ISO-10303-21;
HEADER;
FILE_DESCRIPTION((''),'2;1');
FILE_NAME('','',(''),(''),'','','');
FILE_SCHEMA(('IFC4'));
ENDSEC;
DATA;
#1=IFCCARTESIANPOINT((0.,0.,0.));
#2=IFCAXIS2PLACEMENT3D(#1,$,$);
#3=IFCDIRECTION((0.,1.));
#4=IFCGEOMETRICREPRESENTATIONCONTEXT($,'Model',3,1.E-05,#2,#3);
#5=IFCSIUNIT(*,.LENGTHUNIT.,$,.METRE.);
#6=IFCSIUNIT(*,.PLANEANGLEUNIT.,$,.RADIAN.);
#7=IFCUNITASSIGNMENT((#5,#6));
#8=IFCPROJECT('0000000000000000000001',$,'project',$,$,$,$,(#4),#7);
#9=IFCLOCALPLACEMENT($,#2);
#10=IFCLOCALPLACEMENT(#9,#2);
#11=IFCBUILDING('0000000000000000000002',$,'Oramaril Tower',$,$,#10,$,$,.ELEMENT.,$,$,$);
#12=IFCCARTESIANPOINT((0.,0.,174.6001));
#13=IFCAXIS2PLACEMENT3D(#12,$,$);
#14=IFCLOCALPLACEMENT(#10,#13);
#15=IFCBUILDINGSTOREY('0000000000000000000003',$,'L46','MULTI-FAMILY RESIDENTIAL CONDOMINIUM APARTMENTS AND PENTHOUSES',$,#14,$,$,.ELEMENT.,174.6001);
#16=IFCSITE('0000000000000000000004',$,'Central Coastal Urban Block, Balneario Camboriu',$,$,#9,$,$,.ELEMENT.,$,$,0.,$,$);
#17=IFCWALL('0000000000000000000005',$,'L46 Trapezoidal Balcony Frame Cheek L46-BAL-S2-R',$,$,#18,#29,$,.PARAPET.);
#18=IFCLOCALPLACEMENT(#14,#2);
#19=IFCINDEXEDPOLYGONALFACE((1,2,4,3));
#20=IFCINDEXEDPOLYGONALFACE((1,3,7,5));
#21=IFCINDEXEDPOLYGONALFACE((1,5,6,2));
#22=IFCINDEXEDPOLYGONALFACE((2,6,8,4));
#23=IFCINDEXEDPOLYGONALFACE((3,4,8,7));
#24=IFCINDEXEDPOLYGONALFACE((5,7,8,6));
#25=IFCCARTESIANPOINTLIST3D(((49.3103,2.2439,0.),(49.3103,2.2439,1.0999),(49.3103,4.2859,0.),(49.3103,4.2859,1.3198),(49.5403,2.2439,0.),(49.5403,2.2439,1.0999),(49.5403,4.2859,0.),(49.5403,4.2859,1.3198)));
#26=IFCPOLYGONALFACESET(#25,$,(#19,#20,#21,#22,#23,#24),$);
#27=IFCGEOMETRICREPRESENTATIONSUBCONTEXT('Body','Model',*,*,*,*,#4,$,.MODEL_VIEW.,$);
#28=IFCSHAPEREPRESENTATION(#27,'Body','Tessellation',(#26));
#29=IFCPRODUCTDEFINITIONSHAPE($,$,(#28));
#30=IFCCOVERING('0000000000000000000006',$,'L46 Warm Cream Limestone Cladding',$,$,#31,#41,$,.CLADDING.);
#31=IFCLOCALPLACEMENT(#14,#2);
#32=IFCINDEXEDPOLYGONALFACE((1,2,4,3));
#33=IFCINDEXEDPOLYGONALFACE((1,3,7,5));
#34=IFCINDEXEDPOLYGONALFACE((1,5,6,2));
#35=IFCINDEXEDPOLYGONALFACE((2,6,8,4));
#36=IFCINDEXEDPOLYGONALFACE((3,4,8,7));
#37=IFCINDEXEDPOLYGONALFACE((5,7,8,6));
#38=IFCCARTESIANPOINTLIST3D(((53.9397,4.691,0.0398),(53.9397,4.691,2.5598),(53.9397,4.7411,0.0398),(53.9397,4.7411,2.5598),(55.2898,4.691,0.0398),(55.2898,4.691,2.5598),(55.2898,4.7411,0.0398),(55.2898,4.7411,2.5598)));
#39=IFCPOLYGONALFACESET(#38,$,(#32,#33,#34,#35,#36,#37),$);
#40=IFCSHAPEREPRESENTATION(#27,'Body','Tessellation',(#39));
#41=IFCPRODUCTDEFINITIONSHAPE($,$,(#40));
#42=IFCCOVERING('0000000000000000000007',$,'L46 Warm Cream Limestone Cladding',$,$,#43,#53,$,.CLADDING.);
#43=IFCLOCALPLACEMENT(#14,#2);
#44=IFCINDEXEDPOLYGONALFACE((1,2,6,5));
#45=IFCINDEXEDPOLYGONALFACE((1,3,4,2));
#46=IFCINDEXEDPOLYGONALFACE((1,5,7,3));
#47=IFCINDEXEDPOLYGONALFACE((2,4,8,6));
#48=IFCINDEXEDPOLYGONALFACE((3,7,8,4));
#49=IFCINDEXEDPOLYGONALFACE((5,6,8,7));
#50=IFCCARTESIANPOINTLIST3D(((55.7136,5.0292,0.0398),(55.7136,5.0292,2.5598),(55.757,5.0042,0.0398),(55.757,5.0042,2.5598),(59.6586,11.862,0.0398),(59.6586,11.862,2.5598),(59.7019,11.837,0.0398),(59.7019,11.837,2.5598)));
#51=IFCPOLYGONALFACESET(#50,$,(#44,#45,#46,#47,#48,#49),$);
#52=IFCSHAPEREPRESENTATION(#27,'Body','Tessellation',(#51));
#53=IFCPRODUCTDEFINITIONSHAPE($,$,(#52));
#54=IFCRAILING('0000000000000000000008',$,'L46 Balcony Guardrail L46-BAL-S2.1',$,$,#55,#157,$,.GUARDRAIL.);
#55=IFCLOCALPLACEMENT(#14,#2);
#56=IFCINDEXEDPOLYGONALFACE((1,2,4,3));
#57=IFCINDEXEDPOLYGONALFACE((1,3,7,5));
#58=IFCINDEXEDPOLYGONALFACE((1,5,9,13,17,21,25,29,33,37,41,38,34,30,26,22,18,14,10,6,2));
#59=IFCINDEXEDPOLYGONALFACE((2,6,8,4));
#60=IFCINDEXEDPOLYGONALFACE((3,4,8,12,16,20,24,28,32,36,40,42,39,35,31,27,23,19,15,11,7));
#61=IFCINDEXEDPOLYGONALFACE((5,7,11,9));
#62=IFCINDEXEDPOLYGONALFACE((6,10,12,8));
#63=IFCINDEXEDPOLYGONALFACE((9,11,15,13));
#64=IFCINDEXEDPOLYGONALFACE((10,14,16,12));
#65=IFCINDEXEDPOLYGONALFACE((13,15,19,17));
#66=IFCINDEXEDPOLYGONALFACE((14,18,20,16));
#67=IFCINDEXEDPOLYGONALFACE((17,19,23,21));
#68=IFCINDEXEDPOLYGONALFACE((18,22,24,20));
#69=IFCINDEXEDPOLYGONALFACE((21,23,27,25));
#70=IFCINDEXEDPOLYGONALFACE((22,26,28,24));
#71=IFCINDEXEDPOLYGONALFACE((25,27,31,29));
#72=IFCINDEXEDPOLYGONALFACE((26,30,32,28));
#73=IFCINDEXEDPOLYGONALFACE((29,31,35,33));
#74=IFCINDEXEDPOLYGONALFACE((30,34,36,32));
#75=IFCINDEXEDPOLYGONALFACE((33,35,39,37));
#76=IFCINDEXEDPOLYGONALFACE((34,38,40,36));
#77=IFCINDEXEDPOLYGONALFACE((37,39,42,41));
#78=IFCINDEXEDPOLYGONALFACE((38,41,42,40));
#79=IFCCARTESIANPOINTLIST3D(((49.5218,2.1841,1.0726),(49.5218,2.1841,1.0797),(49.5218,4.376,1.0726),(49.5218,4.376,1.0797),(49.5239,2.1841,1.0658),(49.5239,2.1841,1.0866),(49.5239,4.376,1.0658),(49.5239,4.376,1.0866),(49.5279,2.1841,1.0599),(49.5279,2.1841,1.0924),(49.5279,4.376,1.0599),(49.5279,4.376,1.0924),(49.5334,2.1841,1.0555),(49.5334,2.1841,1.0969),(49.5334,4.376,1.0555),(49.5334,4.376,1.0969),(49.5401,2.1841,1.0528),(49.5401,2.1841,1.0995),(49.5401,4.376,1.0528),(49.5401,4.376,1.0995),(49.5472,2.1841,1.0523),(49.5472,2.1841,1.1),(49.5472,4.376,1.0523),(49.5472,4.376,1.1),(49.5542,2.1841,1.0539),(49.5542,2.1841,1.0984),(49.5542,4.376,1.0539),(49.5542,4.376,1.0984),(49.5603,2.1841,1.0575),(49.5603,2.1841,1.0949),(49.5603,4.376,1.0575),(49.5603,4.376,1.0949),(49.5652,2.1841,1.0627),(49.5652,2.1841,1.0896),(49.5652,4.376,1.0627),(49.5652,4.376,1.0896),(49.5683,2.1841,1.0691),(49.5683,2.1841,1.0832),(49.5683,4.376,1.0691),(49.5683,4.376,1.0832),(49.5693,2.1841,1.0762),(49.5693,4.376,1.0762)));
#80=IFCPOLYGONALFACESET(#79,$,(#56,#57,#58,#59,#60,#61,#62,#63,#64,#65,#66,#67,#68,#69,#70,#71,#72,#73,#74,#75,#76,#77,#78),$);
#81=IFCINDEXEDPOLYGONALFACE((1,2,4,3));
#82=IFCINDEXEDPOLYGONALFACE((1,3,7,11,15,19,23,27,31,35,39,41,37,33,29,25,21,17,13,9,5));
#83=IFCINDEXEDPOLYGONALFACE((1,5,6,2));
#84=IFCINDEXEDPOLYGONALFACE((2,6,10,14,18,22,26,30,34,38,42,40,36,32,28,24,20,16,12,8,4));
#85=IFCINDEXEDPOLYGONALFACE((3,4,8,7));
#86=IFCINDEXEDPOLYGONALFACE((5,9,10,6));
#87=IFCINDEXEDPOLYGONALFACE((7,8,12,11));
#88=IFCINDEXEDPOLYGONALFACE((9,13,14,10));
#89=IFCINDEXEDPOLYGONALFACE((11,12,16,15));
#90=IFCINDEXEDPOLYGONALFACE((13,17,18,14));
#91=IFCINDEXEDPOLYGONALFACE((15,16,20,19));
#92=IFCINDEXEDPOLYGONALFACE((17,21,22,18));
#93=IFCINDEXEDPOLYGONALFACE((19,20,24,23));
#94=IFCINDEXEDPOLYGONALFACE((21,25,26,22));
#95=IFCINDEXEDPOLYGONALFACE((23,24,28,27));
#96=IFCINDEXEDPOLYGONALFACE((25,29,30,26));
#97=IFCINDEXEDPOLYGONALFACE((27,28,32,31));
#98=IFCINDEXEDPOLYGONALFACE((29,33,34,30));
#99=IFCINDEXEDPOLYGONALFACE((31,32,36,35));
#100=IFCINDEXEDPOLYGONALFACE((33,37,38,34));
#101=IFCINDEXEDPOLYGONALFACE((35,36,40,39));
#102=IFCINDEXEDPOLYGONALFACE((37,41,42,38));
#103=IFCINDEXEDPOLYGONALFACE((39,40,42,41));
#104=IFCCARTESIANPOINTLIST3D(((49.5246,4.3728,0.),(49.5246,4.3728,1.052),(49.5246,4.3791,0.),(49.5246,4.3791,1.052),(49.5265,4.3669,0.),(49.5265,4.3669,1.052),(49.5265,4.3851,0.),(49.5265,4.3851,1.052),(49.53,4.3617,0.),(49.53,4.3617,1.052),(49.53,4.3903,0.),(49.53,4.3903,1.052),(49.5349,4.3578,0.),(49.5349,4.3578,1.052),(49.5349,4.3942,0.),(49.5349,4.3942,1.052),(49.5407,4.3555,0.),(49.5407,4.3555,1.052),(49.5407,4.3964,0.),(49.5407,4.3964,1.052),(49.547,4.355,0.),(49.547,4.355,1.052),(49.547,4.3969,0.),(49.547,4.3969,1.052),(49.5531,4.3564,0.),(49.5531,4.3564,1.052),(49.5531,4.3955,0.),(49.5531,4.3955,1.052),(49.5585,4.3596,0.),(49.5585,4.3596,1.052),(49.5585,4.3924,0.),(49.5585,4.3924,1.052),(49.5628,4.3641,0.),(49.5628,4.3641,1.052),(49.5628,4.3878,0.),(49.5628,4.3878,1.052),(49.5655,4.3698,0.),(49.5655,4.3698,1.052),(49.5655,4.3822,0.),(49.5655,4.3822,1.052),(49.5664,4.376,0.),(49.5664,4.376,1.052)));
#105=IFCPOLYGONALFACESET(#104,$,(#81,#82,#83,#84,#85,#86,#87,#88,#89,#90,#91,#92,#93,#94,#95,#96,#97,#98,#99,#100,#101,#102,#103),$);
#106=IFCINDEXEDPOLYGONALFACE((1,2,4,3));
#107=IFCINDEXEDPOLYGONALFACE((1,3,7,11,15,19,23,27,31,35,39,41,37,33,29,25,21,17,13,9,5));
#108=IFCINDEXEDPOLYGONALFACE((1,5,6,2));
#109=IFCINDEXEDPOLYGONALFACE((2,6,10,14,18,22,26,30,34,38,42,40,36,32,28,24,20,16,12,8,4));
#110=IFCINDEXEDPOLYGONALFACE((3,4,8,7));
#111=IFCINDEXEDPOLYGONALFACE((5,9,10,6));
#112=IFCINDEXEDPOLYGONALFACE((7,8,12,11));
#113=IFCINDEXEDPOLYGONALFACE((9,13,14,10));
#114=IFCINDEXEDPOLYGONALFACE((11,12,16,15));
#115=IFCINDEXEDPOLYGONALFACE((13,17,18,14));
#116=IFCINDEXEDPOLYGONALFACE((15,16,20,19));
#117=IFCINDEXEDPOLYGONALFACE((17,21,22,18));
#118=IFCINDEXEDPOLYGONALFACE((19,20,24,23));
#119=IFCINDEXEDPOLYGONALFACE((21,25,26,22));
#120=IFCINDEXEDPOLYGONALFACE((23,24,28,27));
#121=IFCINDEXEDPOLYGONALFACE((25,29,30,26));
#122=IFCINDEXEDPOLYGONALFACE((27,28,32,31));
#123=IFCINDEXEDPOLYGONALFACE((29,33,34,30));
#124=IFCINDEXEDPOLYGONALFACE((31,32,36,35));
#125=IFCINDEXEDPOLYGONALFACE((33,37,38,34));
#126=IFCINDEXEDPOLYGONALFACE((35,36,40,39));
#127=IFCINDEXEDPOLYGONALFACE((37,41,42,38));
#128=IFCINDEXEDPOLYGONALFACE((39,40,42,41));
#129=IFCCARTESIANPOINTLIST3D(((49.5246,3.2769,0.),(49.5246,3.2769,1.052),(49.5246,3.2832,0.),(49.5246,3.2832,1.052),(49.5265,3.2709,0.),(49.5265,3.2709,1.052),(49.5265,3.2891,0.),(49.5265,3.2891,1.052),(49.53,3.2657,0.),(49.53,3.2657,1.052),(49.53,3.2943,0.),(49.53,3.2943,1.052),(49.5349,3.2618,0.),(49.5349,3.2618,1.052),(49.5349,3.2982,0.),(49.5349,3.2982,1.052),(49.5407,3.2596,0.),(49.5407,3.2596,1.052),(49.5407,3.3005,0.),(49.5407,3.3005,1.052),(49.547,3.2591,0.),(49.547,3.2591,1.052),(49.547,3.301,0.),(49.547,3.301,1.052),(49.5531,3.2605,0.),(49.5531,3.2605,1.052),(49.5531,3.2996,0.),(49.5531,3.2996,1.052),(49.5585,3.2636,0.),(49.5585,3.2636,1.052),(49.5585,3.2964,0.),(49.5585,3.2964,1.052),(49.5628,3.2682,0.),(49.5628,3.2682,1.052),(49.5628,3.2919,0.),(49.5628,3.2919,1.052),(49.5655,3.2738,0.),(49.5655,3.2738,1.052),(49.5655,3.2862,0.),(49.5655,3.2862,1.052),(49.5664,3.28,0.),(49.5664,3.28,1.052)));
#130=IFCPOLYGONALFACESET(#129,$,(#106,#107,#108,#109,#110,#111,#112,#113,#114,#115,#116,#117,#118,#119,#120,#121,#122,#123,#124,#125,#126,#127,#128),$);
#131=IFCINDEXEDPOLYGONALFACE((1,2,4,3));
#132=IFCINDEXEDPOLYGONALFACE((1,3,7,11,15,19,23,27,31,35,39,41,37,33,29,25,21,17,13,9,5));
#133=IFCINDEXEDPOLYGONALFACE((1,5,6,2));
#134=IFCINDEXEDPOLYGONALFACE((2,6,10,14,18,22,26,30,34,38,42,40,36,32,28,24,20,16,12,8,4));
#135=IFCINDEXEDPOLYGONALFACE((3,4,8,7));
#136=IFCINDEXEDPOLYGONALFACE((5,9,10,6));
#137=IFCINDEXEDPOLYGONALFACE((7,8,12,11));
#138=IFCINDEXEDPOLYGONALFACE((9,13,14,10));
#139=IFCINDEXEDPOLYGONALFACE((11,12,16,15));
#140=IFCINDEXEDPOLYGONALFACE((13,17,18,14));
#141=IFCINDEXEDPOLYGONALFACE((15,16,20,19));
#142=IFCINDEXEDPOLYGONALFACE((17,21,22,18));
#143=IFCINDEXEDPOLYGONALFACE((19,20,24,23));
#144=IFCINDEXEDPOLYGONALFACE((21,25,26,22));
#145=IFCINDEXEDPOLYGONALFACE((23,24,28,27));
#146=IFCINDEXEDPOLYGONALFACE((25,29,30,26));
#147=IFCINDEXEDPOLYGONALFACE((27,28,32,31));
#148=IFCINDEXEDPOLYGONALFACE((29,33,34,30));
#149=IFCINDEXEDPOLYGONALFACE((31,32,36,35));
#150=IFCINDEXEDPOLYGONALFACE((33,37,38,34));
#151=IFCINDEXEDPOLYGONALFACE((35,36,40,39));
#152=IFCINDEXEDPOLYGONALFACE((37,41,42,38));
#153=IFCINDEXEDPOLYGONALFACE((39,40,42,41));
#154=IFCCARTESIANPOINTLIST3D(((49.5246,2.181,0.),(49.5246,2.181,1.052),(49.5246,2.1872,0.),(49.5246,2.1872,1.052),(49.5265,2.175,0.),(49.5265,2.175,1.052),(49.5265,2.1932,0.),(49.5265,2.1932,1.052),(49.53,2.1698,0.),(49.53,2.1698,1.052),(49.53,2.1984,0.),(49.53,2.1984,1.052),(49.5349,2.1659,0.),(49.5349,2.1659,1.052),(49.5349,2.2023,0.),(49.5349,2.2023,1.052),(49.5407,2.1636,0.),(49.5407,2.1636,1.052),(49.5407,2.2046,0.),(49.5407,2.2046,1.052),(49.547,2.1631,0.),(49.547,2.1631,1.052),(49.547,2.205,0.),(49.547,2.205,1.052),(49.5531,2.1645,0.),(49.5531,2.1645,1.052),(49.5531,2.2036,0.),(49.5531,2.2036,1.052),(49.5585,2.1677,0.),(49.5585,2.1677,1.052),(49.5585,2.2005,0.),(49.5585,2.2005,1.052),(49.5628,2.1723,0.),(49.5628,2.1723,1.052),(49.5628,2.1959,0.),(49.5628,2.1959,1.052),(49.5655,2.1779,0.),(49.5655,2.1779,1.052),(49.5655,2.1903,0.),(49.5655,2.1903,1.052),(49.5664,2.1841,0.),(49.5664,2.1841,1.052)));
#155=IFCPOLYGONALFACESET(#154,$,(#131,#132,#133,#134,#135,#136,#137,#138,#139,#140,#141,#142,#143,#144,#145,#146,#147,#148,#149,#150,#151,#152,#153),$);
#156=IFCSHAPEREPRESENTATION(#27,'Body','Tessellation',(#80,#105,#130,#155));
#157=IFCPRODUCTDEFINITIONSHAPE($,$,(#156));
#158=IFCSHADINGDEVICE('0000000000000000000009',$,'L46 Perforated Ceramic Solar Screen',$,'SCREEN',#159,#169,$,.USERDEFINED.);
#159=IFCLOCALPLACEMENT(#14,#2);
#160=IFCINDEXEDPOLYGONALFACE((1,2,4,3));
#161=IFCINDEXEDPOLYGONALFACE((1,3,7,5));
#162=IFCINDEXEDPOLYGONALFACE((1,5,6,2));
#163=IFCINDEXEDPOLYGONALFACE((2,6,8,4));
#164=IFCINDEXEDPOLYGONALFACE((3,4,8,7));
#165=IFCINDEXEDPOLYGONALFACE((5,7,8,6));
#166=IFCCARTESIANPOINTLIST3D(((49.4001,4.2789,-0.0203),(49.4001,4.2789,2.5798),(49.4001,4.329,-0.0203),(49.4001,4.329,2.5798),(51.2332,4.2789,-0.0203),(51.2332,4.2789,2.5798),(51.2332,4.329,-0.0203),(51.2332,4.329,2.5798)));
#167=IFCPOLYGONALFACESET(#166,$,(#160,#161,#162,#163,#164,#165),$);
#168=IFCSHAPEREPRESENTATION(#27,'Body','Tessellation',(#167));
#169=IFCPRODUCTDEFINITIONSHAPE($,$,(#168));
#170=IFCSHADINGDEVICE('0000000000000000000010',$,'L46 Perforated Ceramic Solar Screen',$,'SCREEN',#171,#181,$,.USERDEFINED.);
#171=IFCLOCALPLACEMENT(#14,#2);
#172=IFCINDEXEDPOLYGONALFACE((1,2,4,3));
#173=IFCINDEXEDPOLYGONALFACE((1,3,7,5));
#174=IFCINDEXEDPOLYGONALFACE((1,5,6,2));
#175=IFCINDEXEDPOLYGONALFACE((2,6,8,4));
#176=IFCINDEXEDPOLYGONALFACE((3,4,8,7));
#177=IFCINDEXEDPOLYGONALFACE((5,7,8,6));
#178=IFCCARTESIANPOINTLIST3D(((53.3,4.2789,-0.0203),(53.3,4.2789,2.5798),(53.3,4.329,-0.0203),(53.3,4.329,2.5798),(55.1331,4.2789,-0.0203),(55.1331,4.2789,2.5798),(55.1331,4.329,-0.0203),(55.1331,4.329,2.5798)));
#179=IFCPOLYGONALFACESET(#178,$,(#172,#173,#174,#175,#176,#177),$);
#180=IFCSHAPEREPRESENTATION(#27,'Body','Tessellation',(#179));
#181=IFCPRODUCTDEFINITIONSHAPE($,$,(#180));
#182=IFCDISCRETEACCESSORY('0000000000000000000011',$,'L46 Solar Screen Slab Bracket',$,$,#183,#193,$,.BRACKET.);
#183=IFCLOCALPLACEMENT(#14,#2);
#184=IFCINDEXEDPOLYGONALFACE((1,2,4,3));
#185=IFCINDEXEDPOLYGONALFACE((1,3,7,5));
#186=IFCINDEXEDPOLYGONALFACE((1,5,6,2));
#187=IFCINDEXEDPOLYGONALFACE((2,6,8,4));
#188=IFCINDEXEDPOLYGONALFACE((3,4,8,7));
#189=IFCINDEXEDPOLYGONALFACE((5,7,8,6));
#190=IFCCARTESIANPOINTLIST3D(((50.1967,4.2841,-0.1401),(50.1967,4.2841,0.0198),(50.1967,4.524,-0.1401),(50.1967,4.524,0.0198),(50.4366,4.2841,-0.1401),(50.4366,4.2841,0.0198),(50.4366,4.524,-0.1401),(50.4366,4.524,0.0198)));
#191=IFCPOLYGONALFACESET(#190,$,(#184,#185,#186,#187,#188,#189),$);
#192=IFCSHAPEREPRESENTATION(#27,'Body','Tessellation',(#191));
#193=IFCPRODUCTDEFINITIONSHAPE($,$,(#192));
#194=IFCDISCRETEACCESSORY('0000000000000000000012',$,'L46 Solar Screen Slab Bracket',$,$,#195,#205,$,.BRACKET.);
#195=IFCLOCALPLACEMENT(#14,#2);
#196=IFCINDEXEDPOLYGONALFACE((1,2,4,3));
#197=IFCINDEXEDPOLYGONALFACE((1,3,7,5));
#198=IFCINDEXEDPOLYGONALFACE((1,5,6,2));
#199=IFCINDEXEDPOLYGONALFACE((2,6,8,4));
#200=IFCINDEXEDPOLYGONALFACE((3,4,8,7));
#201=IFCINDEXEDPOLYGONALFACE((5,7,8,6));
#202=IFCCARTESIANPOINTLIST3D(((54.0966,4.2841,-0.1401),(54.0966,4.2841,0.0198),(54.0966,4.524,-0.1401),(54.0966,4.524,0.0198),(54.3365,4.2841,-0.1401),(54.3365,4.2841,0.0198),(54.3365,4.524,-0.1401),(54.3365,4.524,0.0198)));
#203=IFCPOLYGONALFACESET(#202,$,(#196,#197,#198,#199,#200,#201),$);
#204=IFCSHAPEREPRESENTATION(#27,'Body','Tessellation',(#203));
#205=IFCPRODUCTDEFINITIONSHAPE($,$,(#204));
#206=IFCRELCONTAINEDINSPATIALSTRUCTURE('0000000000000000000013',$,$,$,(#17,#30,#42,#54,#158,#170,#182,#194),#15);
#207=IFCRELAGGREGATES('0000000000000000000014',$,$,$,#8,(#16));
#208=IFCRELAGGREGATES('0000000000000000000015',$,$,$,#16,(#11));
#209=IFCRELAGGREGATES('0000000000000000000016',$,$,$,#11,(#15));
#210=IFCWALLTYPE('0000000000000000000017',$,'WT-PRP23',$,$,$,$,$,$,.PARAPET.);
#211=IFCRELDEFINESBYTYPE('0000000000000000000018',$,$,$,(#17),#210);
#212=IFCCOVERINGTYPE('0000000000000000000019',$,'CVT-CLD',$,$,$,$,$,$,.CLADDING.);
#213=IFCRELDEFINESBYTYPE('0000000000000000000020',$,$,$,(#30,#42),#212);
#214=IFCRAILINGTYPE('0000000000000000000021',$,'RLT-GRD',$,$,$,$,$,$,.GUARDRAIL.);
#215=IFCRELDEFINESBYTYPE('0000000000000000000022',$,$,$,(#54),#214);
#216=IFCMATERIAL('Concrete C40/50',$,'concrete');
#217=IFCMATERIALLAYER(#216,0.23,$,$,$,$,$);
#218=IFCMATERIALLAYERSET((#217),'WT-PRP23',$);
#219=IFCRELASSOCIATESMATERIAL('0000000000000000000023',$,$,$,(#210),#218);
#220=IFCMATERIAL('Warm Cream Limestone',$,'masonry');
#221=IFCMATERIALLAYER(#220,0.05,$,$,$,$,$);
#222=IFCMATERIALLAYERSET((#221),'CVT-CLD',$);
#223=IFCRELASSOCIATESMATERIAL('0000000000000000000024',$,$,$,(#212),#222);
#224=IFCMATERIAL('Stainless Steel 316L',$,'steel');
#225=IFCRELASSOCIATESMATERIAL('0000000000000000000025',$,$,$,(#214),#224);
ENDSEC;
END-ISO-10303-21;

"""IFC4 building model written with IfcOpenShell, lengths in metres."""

from ifc_helpers import new_model, si_unit, direction, frame, origin, origin_2d, place, context, subcontext, project, spatial, polyline, rectangle, circle, outline, extrude, material, layer, layer_set, type_object, element, save


model = new_model("IFC4")

# Units and contexts
model_context = context("Model", 3, precision=1e-05, world=origin(), true_north=direction((0.0, 1.0)))
body_context = subcontext(model_context, "Body", "Model", "MODEL_VIEW")
ifc_project = project(units=[si_unit("LENGTHUNIT", "METRE"), si_unit("PLANEANGLEUNIT", "RADIAN")], contexts=[model_context])

# Site, building, storey
site_placement = place(None, origin())
site = spatial("IfcSite", under=ifc_project, at=site_placement, Name="Central Coastal Urban Block, Balneario Camboriu", CompositionType="ELEMENT", RefElevation=0.0)
building_placement = place(site_placement, origin())
building = spatial("IfcBuilding", under=site, at=building_placement, Name="Oramaril Tower", CompositionType="ELEMENT")
storey_placement = place(building_placement, frame((0.0, 0.0, 174.6001)))
storey = spatial("IfcBuildingStorey", under=building, at=storey_placement, Name="L46", Description="MULTI-FAMILY RESIDENTIAL CONDOMINIUM APARTMENTS AND PENTHOUSES", CompositionType="ELEMENT", Elevation=174.6001)

# Wall
ifc_material_1 = material(Name="Concrete C40/50", Category="concrete")
ifc_layer_1 = layer(ifc_material_1, 0.23)
ifc_layer_set_1 = layer_set([ifc_layer_1], Name="WT-PRP23")
wall_type_1 = type_object("IfcWallType", Name="WT-PRP23", PredefinedType="PARAPET", material=ifc_layer_set_1)
wall_1_placement = place(storey_placement, frame((49.4253, 4.2859, 0.0), z_axis=(0.0, 0.0, 1.0), x_axis=(0.0, -1.0, 0.0)))
element("IfcWall", 1, at=wall_1_placement, inside=storey, type_object=wall_type_1, Name="L46 Trapezoidal Balcony Frame Cheek L46-BAL-S2-R", PredefinedType="PARAPET", context=body_context, shape_type="SweptSolid", body=[
    extrude(outline(polyline([(0.0, 0.0), (2.042, 0.0), (2.042, 1.0999), (0.0, 1.3198), (0.0, 0.0)])), frame((0.0, 0.115, 0.0), z_axis=(0.0, -1.0, 0.0), x_axis=(1.0, 0.0, 0.0)), (0.0, 0.0, 1.0), 0.23),
])

# Coverings
ifc_material_2 = material(Name="Warm Cream Limestone", Category="masonry")
ifc_layer_2 = layer(ifc_material_2, 0.05)
ifc_layer_set_2 = layer_set([ifc_layer_2], Name="CVT-CLD")
covering_type = type_object("IfcCoveringType", Name="CVT-CLD", PredefinedType="CLADDING", material=ifc_layer_set_2)
covering_1_placement = place(storey_placement, frame((54.6147, 4.7161, 0.0398), z_axis=(0.0, 0.0, 1.0), x_axis=(1.0, 0.0, 0.0)))
element("IfcCovering", 2, at=covering_1_placement, inside=storey, type_object=covering_type, Name="L46 Warm Cream Limestone Cladding", PredefinedType="CLADDING", context=body_context, shape_type="SweptSolid", body=[
    extrude(rectangle(XDim=1.3501, YDim=0.05, at=origin_2d()), origin(), (0.0, 0.0, 1.0), 2.52),
])
covering_2_placement = place(storey_placement, frame((57.7078, 8.4331, 0.0398), z_axis=(0.0, 0.0, 1.0), x_axis=(0.499997, 0.866027, 0.0)))
element("IfcCovering", 3, at=covering_2_placement, inside=storey, type_object=covering_type, Name="L46 Warm Cream Limestone Cladding", PredefinedType="CLADDING", context=body_context, shape_type="SweptSolid", body=[
    extrude(rectangle(XDim=7.8899, YDim=0.05, at=origin_2d()), origin(), (0.0, 0.0, 1.0), 2.52),
])

# Railing
ifc_material_3 = material(Name="Stainless Steel 316L", Category="steel")
railing_type = type_object("IfcRailingType", Name="RLT-GRD", PredefinedType="GUARDRAIL", material=ifc_material_3)
railing_1_placement = place(storey_placement, frame((49.5454, 4.376, 0.0)))
element("IfcRailing", 4, at=railing_1_placement, inside=storey, type_object=railing_type, Name="L46 Balcony Guardrail L46-BAL-S2.1", PredefinedType="GUARDRAIL", context=body_context, shape_type="SweptSolid", body=[
    extrude(circle(Radius=0.0239, at=origin_2d()), frame((0.0, 0.0, 1.0762), z_axis=(0.0, -1.0, 0.0), x_axis=(1.0, 0.0, 0.0)), (0.0, 0.0, 1.0), 2.1919),
    extrude(circle(Radius=0.021, at=origin_2d()), origin(), (0.0, 0.0, 1.0), 1.052),
    extrude(circle(Radius=0.021, at=origin_2d()), frame((0.0, -1.0959, 0.0)), (0.0, 0.0, 1.0), 1.052),
    extrude(circle(Radius=0.021, at=origin_2d()), frame((0.0, -2.1919, 0.0)), (0.0, 0.0, 1.0), 1.052),
])

# Shading devices
for number, where, z_axis, x_axis, name in (
    (5, (50.3167, 4.304, -0.0203), (0.0, 0.0, 1.0), (1.0, 0.0, 0.0), "L46 Perforated Ceramic Solar Screen"),
    (6, (54.2166, 4.304, -0.0203), (0.0, 0.0, 1.0), (1.0, 0.0, 0.0), "L46 Perforated Ceramic Solar Screen"),
):
    element("IfcShadingDevice", number, at=place(storey_placement, frame(where, z_axis=z_axis, x_axis=x_axis)), inside=storey, Name=name, ObjectType="SCREEN", PredefinedType="USERDEFINED", context=body_context, shape_type="SweptSolid", body=[
        extrude(rectangle(XDim=1.833, YDim=0.05, at=origin_2d()), origin(), (0.0, 0.0, 1.0), 2.6001),
    ])

# Discrete accessories
for number, where, z_axis, x_axis, name in (
    (7, (50.3167, 4.4041, -0.1401), (0.0, 0.0, 1.0), (1.0, 0.0, 0.0), "L46 Solar Screen Slab Bracket"),
    (8, (54.2166, 4.4041, -0.1401), (0.0, 0.0, 1.0), (1.0, 0.0, 0.0), "L46 Solar Screen Slab Bracket"),
):
    element("IfcDiscreteAccessory", number, at=place(storey_placement, frame(where, z_axis=z_axis, x_axis=x_axis)), inside=storey, Name=name, PredefinedType="BRACKET", context=body_context, shape_type="SweptSolid", body=[
        extrude(rectangle(XDim=0.24, YDim=0.24, at=origin_2d()), origin(), (0.0, 0.0, 1.0), 0.1599),
    ])

save(model, "model.ifc")
